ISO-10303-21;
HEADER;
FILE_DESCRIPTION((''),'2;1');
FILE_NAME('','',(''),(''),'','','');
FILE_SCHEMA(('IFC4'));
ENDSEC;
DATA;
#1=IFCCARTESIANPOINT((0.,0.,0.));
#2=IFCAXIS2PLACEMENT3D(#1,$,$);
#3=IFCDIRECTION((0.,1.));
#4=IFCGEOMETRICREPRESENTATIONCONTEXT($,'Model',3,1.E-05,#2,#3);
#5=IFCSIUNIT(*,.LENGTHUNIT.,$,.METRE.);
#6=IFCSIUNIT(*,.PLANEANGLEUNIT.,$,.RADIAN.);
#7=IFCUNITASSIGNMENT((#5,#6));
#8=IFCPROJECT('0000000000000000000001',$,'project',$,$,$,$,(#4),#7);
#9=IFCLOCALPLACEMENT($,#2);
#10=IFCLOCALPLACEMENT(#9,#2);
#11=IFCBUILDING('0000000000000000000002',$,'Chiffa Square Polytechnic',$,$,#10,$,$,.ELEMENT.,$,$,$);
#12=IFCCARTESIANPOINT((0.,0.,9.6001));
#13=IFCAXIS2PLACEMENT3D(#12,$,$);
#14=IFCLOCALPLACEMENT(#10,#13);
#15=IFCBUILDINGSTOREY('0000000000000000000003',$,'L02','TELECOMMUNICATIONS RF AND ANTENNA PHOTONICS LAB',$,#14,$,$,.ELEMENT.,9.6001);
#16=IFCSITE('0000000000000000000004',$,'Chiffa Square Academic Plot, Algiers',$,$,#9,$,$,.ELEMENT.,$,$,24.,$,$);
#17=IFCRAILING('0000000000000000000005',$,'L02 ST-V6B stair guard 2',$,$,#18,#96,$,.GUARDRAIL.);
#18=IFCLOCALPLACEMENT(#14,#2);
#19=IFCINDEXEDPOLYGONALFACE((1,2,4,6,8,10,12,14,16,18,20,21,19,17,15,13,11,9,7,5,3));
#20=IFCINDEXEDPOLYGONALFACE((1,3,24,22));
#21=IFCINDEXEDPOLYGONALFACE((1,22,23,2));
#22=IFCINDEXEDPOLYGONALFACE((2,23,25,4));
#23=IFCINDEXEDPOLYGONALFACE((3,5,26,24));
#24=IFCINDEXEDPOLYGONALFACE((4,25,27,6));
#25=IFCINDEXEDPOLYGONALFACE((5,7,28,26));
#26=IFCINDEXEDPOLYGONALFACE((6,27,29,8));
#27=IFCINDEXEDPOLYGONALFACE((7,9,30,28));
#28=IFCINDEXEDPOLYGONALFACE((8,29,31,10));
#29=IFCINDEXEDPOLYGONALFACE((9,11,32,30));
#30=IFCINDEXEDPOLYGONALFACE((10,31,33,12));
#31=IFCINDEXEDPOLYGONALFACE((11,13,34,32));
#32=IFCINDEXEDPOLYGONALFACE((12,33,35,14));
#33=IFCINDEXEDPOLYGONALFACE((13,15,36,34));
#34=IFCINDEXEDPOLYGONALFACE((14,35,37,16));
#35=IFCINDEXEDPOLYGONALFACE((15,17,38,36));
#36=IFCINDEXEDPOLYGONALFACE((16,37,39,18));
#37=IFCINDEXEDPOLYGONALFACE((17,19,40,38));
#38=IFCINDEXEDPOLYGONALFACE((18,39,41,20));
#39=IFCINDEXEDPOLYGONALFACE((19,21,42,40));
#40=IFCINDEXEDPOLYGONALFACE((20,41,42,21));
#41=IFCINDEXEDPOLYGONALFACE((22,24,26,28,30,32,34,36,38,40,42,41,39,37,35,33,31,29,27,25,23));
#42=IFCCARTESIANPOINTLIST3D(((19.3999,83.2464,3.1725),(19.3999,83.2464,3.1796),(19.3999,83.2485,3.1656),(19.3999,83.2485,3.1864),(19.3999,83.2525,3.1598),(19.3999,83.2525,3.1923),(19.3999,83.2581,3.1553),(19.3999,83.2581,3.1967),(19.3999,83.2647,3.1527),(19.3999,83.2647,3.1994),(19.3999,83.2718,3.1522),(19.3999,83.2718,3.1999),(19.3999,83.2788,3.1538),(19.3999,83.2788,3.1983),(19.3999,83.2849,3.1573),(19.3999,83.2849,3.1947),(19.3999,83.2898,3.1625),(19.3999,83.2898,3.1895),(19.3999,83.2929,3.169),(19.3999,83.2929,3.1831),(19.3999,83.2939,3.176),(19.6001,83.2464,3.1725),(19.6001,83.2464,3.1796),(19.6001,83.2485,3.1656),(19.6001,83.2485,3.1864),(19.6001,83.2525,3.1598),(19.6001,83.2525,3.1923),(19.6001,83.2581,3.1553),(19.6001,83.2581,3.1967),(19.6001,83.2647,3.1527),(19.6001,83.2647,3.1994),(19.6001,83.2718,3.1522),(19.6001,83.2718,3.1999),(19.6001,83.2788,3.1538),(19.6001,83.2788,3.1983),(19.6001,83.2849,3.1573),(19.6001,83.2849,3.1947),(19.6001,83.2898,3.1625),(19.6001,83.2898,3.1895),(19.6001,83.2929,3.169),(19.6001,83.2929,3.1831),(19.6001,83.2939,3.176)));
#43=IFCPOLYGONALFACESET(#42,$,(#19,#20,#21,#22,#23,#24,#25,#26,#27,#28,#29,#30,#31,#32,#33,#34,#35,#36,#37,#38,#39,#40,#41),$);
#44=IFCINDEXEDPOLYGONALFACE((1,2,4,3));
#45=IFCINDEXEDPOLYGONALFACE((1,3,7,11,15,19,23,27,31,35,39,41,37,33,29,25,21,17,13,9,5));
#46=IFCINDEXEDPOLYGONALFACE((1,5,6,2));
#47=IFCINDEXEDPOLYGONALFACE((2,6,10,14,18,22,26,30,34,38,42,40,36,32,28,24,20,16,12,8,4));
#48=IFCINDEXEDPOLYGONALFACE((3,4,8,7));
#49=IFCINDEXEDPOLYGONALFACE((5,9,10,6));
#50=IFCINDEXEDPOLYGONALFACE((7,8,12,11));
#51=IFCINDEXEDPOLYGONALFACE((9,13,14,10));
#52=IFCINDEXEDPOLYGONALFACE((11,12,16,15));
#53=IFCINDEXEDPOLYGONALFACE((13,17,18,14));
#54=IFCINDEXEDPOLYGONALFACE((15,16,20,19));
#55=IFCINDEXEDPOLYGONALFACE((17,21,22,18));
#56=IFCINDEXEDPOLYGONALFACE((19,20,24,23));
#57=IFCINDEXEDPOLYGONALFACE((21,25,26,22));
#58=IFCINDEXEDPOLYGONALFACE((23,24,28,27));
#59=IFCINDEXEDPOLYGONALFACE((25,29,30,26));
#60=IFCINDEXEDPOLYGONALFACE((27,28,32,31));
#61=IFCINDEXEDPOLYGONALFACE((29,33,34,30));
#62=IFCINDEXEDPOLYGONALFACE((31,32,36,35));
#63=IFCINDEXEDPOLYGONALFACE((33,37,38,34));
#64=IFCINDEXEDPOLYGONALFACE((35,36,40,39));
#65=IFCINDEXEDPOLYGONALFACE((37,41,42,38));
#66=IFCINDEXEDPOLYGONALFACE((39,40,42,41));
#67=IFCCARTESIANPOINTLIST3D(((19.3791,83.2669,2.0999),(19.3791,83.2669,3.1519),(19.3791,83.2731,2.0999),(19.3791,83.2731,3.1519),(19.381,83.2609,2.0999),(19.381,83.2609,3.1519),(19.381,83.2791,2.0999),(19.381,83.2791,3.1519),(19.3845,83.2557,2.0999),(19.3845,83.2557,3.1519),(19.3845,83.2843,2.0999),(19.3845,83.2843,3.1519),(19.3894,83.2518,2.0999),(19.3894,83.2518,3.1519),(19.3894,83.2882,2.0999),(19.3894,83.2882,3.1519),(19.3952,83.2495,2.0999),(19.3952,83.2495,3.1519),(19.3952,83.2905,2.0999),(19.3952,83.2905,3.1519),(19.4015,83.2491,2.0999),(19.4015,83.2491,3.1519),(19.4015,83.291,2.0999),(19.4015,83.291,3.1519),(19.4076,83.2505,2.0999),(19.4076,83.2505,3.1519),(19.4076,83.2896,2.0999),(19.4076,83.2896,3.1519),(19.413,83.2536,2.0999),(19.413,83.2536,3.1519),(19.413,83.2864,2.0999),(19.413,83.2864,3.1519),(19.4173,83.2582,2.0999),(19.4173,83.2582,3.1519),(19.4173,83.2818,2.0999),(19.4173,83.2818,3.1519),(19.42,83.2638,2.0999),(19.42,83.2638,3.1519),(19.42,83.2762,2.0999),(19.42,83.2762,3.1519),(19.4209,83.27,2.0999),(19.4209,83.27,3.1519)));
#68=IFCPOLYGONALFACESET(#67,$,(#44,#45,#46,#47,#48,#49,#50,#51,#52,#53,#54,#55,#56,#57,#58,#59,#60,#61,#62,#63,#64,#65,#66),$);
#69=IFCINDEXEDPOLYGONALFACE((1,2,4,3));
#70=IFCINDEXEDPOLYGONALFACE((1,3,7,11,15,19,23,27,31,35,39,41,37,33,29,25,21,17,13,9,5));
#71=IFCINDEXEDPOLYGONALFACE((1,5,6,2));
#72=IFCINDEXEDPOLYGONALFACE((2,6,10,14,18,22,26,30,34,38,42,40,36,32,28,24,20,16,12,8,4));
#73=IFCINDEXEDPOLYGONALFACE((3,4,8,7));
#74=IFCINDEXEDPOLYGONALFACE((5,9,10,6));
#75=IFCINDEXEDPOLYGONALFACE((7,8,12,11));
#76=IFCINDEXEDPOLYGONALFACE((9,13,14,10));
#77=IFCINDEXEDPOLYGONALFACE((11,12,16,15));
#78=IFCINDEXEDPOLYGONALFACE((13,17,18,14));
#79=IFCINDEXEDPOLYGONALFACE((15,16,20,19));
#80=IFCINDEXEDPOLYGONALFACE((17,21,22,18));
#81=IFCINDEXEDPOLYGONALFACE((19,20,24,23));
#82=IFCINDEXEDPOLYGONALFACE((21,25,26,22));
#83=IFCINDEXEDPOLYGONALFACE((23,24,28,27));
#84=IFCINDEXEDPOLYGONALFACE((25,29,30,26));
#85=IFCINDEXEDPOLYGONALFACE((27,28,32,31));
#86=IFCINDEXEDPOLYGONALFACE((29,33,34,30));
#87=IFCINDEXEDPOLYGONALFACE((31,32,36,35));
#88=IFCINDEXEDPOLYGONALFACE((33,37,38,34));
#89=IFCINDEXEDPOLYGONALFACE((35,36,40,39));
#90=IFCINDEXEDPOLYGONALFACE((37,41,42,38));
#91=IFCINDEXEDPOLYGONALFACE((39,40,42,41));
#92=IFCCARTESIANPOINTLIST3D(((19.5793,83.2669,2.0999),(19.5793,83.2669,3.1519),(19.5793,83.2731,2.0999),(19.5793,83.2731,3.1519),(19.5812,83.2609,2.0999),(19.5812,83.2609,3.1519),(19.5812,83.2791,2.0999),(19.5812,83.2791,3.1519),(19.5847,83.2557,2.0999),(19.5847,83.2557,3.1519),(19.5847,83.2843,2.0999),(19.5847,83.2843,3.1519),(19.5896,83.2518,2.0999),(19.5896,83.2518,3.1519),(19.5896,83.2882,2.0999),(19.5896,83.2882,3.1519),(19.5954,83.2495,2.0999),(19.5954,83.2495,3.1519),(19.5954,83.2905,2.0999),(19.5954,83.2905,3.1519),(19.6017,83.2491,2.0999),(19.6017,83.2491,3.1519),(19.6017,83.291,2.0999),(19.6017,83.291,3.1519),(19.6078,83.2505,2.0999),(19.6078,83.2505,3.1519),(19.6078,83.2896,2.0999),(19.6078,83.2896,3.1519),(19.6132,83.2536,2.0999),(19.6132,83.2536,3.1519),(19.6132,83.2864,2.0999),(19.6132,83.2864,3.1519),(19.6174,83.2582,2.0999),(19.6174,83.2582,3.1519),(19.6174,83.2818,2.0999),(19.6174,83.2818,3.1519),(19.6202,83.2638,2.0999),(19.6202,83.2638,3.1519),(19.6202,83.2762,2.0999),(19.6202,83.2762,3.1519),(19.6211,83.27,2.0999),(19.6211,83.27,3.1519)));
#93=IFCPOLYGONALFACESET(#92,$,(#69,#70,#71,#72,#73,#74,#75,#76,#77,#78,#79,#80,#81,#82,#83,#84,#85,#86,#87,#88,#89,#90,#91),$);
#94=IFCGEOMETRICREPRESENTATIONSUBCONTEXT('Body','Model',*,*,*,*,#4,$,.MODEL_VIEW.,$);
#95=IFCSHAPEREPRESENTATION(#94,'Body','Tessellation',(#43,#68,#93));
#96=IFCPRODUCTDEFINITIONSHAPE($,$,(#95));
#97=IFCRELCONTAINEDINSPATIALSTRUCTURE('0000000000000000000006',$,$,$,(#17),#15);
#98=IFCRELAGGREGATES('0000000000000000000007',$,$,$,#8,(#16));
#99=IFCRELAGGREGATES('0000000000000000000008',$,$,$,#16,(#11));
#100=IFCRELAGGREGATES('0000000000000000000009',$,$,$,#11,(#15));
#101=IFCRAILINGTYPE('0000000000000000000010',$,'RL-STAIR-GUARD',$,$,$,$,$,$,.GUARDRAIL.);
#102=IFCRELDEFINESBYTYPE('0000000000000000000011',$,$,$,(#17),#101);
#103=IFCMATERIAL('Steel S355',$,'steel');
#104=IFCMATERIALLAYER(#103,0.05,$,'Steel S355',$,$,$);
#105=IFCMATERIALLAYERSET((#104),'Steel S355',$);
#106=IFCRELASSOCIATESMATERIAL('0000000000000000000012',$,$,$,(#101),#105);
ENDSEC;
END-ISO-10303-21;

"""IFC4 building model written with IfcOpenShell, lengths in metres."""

from ifc_helpers import new_model, si_unit, direction, frame, origin, origin_2d, place, context, subcontext, project, spatial, circle, extrude, material, layer, layer_set, type_object, element, save


model = new_model("IFC4")

# Units and contexts
model_context = context("Model", 3, precision=1e-05, world=origin(), true_north=direction((0.0, 1.0)))
body_context = subcontext(model_context, "Body", "Model", "MODEL_VIEW")
ifc_project = project(units=[si_unit("LENGTHUNIT", "METRE"), si_unit("PLANEANGLEUNIT", "RADIAN")], contexts=[model_context])

# Site, building, storey
site_placement = place(None, origin())
site = spatial("IfcSite", under=ifc_project, at=site_placement, Name="Chiffa Square Academic Plot, Algiers", CompositionType="ELEMENT", RefElevation=24.0)
building_placement = place(site_placement, origin())
building = spatial("IfcBuilding", under=site, at=building_placement, Name="Chiffa Square Polytechnic", CompositionType="ELEMENT")
storey_placement = place(building_placement, frame((0.0, 0.0, 9.6001)))
storey = spatial("IfcBuildingStorey", under=building, at=storey_placement, Name="L02", Description="TELECOMMUNICATIONS RF AND ANTENNA PHOTONICS LAB", CompositionType="ELEMENT", Elevation=9.6001)

# Railing
ifc_material_1 = material(Name="Steel S355", Category="steel")
ifc_layer_1 = layer(ifc_material_1, 0.05, Name="Steel S355")
ifc_layer_set_1 = layer_set([ifc_layer_1], Name="Steel S355")
railing_type_1 = type_object("IfcRailingType", Name="RL-STAIR-GUARD", PredefinedType="GUARDRAIL", material=ifc_layer_set_1)
railing_1_placement = place(storey_placement, frame((19.3999, 83.27, 2.0999)))
element("IfcRailing", 1, at=railing_1_placement, inside=storey, type_object=railing_type_1, Name="L02 ST-V6B stair guard 2", PredefinedType="GUARDRAIL", context=body_context, shape_type="SweptSolid", body=[
    extrude(circle(Radius=0.0239, at=origin_2d()), frame((0.0, 0.0, 1.0762), z_axis=(1.0, 0.0, 0.0), x_axis=(0.0, 1.0, 0.0)), (0.0, 0.0, 1.0), 0.2002),
    extrude(circle(Radius=0.021, at=origin_2d()), origin(), (0.0, 0.0, 1.0), 1.052),
    extrude(circle(Radius=0.021, at=origin_2d()), frame((0.2002, 0.0, 0.0)), (0.0, 0.0, 1.0), 1.052),
])

save(model, "model.ifc")
